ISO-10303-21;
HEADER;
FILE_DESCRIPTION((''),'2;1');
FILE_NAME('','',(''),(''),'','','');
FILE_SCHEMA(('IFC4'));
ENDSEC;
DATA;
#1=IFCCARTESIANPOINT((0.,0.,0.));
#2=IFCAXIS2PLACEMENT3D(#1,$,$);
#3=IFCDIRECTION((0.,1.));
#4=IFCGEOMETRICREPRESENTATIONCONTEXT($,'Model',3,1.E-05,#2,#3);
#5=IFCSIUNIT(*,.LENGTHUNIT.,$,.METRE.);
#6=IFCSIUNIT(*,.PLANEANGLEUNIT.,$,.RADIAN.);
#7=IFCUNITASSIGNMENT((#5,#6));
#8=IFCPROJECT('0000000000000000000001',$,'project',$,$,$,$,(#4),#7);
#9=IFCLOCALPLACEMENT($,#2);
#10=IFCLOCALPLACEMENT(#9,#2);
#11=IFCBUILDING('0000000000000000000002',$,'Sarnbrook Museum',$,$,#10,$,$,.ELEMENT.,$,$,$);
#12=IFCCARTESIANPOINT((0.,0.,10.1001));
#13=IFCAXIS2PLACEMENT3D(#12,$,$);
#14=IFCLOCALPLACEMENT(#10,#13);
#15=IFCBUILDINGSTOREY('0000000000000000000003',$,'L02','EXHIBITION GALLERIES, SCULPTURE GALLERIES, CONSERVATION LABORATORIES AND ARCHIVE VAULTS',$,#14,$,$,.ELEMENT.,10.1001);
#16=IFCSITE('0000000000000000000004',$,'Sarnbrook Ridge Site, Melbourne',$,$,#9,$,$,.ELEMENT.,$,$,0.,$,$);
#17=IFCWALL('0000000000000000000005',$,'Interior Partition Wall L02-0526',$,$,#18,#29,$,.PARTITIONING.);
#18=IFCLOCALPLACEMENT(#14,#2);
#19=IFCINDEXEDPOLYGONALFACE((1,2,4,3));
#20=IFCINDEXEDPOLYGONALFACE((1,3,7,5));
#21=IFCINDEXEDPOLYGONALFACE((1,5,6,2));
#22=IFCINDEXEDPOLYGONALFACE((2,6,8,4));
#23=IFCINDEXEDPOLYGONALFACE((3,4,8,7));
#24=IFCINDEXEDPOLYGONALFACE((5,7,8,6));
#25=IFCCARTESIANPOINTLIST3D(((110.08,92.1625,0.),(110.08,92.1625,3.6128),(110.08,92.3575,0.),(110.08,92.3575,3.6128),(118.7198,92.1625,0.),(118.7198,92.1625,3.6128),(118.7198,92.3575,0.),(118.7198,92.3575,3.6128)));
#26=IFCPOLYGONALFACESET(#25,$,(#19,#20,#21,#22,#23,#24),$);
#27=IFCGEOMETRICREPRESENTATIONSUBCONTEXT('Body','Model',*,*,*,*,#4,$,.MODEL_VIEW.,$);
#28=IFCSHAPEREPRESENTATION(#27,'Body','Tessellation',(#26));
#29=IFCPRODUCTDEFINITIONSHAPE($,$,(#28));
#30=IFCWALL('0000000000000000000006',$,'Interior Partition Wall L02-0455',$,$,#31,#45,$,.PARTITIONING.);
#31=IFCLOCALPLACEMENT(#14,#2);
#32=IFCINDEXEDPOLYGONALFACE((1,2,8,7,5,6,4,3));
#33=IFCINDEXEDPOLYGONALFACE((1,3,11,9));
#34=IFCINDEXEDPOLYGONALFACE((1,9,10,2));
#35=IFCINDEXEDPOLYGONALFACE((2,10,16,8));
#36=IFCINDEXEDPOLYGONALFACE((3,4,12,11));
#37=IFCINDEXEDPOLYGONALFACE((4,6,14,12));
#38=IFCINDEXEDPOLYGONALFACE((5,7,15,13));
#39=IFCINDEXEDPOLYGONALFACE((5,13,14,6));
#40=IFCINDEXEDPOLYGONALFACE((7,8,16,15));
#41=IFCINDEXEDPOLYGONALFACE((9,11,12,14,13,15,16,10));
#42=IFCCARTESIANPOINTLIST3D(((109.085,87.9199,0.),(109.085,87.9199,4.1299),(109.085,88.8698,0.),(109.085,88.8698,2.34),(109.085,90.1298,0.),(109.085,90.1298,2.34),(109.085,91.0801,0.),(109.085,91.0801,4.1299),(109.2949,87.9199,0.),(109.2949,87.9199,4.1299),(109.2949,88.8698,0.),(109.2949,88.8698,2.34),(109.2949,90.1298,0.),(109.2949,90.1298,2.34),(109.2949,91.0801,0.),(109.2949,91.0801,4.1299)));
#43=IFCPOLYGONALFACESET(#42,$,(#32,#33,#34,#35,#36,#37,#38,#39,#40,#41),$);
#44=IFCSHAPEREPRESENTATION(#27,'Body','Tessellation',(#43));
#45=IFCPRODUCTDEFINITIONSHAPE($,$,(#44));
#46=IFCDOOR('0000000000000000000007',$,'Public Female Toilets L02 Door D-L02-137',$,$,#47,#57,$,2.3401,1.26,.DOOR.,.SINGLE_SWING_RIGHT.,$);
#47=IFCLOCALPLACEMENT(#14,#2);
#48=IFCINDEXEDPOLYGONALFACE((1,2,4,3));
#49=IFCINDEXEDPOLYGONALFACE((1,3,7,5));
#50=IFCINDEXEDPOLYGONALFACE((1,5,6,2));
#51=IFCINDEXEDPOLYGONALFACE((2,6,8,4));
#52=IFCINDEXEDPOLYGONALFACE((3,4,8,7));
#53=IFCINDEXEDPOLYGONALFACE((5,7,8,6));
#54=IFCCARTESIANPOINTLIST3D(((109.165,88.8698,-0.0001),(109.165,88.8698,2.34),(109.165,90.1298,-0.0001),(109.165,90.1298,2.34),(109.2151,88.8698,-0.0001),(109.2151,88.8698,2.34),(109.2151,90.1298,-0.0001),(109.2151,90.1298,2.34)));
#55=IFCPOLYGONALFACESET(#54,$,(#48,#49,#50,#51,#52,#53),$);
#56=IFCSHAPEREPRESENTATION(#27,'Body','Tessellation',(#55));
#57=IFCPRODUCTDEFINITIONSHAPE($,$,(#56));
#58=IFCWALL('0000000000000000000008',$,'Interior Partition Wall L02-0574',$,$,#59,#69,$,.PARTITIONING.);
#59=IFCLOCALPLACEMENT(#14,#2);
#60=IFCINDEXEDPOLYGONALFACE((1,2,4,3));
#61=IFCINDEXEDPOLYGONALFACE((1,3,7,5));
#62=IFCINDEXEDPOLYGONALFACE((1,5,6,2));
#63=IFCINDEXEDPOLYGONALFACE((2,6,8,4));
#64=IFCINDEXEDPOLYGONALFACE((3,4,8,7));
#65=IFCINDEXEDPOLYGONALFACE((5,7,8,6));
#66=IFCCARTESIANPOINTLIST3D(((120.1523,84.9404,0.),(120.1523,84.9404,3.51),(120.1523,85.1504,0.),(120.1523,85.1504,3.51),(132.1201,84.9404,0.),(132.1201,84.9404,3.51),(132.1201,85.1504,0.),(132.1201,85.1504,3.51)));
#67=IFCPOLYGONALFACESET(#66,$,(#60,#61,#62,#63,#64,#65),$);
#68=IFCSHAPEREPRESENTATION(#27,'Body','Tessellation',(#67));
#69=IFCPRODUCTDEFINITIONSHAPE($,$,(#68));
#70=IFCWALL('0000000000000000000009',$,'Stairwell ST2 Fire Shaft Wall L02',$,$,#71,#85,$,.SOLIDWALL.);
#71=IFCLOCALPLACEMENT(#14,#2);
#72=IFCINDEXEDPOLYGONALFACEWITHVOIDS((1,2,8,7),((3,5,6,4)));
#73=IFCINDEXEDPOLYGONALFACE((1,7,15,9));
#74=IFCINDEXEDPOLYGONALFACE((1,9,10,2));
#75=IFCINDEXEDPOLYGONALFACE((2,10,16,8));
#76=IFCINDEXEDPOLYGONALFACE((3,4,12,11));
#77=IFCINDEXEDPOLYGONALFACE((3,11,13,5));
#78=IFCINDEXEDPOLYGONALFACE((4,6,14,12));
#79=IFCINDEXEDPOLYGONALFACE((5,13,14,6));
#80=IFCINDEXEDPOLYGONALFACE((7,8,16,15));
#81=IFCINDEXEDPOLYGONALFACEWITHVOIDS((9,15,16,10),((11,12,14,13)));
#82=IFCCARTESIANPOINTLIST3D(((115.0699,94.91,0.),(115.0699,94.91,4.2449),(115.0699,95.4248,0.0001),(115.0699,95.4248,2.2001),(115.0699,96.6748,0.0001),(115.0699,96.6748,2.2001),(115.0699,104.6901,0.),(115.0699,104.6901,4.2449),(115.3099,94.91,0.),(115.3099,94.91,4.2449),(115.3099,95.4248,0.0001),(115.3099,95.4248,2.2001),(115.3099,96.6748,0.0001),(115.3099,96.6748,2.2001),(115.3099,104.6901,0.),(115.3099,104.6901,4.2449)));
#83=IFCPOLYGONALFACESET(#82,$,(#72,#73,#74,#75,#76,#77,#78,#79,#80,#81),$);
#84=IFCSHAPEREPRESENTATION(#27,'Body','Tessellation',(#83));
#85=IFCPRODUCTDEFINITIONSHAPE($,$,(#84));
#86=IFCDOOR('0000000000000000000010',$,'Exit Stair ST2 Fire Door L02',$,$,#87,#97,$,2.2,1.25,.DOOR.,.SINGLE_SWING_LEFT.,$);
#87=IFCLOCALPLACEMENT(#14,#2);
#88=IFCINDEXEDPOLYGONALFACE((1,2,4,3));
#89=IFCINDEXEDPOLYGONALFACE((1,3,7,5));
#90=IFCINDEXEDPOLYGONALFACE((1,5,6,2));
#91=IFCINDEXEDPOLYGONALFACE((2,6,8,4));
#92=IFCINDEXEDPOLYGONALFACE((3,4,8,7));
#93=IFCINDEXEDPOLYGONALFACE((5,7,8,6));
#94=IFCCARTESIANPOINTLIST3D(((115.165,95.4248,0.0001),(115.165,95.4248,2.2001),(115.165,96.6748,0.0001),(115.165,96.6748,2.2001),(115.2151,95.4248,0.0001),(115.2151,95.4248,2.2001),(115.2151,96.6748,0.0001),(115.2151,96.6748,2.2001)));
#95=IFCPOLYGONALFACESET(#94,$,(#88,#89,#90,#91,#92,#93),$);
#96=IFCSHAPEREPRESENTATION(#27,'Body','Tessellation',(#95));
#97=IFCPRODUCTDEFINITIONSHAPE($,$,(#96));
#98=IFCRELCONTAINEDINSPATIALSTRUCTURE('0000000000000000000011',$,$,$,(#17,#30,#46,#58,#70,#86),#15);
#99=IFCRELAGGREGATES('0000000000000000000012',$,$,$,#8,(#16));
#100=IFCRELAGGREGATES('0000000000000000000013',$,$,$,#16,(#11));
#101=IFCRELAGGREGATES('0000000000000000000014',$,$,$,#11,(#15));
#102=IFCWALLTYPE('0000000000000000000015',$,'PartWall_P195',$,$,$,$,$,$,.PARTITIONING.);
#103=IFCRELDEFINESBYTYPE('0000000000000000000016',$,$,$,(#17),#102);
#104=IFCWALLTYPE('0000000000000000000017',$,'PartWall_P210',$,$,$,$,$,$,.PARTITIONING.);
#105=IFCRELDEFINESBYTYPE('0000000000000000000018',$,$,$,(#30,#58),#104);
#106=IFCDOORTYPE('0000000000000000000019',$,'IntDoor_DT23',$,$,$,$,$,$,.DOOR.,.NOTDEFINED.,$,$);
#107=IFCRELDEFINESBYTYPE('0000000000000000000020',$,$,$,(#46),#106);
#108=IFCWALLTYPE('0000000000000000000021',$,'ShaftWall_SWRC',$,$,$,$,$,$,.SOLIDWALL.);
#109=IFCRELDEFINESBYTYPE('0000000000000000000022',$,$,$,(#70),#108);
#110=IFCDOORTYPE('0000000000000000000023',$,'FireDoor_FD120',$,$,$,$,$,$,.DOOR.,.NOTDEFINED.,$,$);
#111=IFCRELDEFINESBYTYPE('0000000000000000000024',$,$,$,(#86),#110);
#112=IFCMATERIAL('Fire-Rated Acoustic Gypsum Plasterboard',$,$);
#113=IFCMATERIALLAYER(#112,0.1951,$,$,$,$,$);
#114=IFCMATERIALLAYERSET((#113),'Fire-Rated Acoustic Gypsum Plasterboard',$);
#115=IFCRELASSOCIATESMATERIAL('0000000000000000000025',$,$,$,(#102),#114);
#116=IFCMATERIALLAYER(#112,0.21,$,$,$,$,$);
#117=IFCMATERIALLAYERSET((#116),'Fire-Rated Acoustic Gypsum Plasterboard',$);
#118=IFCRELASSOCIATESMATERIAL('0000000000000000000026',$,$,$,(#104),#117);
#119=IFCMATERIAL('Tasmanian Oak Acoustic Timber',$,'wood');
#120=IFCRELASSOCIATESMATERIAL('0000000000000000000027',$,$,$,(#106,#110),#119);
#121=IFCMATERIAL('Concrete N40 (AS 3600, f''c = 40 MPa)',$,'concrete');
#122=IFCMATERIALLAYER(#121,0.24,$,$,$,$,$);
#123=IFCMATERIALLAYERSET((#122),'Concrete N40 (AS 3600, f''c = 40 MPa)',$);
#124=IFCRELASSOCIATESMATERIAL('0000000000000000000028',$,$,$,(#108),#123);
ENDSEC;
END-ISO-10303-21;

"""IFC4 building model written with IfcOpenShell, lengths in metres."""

from ifc_helpers import new_model, si_unit, direction, frame, frame_2d, origin, place, context, subcontext, project, spatial, rectangle, extrude, material, layer, layer_set, type_object, element, fill, save


model = new_model("IFC4")

# Units and contexts
model_context = context("Model", 3, precision=1e-05, world=origin(), true_north=direction((0.0, 1.0)))
body_context = subcontext(model_context, "Body", "Model", "MODEL_VIEW")
ifc_project = project(units=[si_unit("LENGTHUNIT", "METRE"), si_unit("PLANEANGLEUNIT", "RADIAN")], contexts=[model_context])

# Site, building, storey
site_placement = place(None, origin())
site = spatial("IfcSite", under=ifc_project, at=site_placement, Name="Sarnbrook Ridge Site, Melbourne", CompositionType="ELEMENT", RefElevation=0.0)
building_placement = place(site_placement, origin())
building = spatial("IfcBuilding", under=site, at=building_placement, Name="Sarnbrook Museum", CompositionType="ELEMENT")
storey_placement = place(building_placement, frame((0.0, 0.0, 10.1001)))
storey = spatial("IfcBuildingStorey", under=building, at=storey_placement, Name="L02", Description="EXHIBITION GALLERIES, SCULPTURE GALLERIES, CONSERVATION LABORATORIES AND ARCHIVE VAULTS", CompositionType="ELEMENT", Elevation=10.1001)

# Shared definitions
ifc_material_1 = material(Name="Tasmanian Oak Acoustic Timber", Category="wood")

# Shared definitions
ifc_material_2 = material(Name="Fire-Rated Acoustic Gypsum Plasterboard")

# Wall
ifc_layer_1 = layer(ifc_material_2, 0.1951)
ifc_layer_set_1 = layer_set([ifc_layer_1], Name="Fire-Rated Acoustic Gypsum Plasterboard")
wall_type_1 = type_object("IfcWallType", Name="PartWall_P195", PredefinedType="PARTITIONING", material=ifc_layer_set_1)
wall_1_placement = place(storey_placement, frame((110.0801, 92.26, 0.0), z_axis=(0.0, 0.0, 1.0), x_axis=(1.0, 0.0, 0.0)))
element("IfcWall", 1, at=wall_1_placement, inside=storey, type_object=wall_type_1, Name="Interior Partition Wall L02-0526", PredefinedType="PARTITIONING", context=body_context, shape_type="SweptSolid", body=[
    extrude(rectangle(XDim=8.6399, YDim=0.1951, at=frame_2d((4.3198, 0.0))), origin(), (0.0, 0.0, 1.0), 3.6128),
])

# Wall, opening, door
ifc_layer_2 = layer(ifc_material_2, 0.21)
ifc_layer_set_2 = layer_set([ifc_layer_2], Name="Fire-Rated Acoustic Gypsum Plasterboard")
wall_type_2 = type_object("IfcWallType", Name="PartWall_P210", PredefinedType="PARTITIONING", material=ifc_layer_set_2)
wall_2_placement = place(storey_placement, frame((109.1899, 87.9199, 0.0), z_axis=(0.0, 0.0, 1.0), x_axis=(0.0, 1.0, 0.0)))
wall_2 = element("IfcWall", 2, at=wall_2_placement, inside=storey, type_object=wall_type_2, Name="Interior Partition Wall L02-0455", PredefinedType="PARTITIONING", context=body_context, shape_type="SweptSolid", body=[
    extrude(rectangle(XDim=3.1602, YDim=0.21, at=frame_2d((1.5801, 0.0))), origin(), (0.0, 0.0, 1.0), 4.1299),
])
opening_1_placement = place(wall_2_placement, frame((0.95, 0.0, 0.0)))
opening_1 = element("IfcOpeningElement", 3, at=opening_1_placement, cuts=wall_2, PredefinedType="OPENING", context=body_context, shape_type="SweptSolid", body=[
    extrude(rectangle(XDim=1.26, YDim=2.3401, at=frame_2d((0.6299, 1.1699))), frame((0.0, 0.115, 0.0), z_axis=(0.0, -1.0, 0.0), x_axis=(1.0, 0.0, 0.0)), (0.0, 0.0, 1.0), 0.23),
])
door_type_1 = type_object("IfcDoorType", Name="IntDoor_DT23", OperationType="NOTDEFINED", PredefinedType="DOOR", material=ifc_material_1)
door_1_placement = place(opening_1_placement, origin())
door_1 = element("IfcDoor", 4, at=door_1_placement, inside=storey, type_object=door_type_1, Name="Public Female Toilets L02 Door D-L02-137", OperationType="SINGLE_SWING_RIGHT", OverallHeight=2.3401, OverallWidth=1.26, PredefinedType="DOOR", context=body_context, shape_type="SweptSolid", body=[
    extrude(rectangle(XDim=1.26, YDim=2.3401, at=frame_2d((0.6299, 1.1699))), frame((0.0, 0.0249, 0.0), z_axis=(0.0, -1.0, 0.0), x_axis=(1.0, 0.0, 0.0)), (0.0, 0.0, 1.0), 0.05),
])
fill(opening_1, door_1)

# Wall
wall_3_placement = place(storey_placement, frame((120.1523, 85.0454, 0.0), z_axis=(0.0, 0.0, 1.0), x_axis=(1.0, 0.0, 0.0)))
element("IfcWall", 5, at=wall_3_placement, inside=storey, type_object=wall_type_2, Name="Interior Partition Wall L02-0574", PredefinedType="PARTITIONING", context=body_context, shape_type="SweptSolid", body=[
    extrude(rectangle(XDim=11.9678, YDim=0.21, at=frame_2d((5.9839, 0.0))), origin(), (0.0, 0.0, 1.0), 3.51),
])

# Wall, opening, door
ifc_material_3 = material(Name="Concrete N40 (AS 3600, f'c = 40 MPa)", Category="concrete")
ifc_layer_3 = layer(ifc_material_3, 0.24)
ifc_layer_set_3 = layer_set([ifc_layer_3], Name="Concrete N40 (AS 3600, f'c = 40 MPa)")
wall_type_3 = type_object("IfcWallType", Name="ShaftWall_SWRC", PredefinedType="SOLIDWALL", material=ifc_layer_set_3)
wall_4_placement = place(storey_placement, frame((115.1899, 94.9099, 0.0), z_axis=(0.0, 0.0, 1.0), x_axis=(0.0, 1.0, 0.0)))
wall_4 = element("IfcWall", 6, at=wall_4_placement, inside=storey, type_object=wall_type_3, Name="Stairwell ST2 Fire Shaft Wall L02", PredefinedType="SOLIDWALL", context=body_context, shape_type="SweptSolid", body=[
    extrude(rectangle(XDim=9.78, YDim=0.24, at=frame_2d((4.8901, 0.0))), origin(), (0.0, 0.0, 1.0), 4.2449),
])
opening_2_placement = place(wall_4_placement, frame((0.5149, 0.0, 0.0)))
opening_2 = element("IfcOpeningElement", 7, at=opening_2_placement, cuts=wall_4, PredefinedType="OPENING", context=body_context, shape_type="SweptSolid", body=[
    extrude(rectangle(XDim=1.25, YDim=2.2, at=frame_2d((0.625, 1.1001))), frame((0.0, 0.1299, 0.0), z_axis=(0.0, -1.0, 0.0), x_axis=(1.0, 0.0, 0.0)), (0.0, 0.0, 1.0), 0.26),
])
door_type_2 = type_object("IfcDoorType", Name="FireDoor_FD120", OperationType="NOTDEFINED", PredefinedType="DOOR", material=ifc_material_1)
door_2_placement = place(opening_2_placement, origin())
door_2 = element("IfcDoor", 8, at=door_2_placement, inside=storey, type_object=door_type_2, Name="Exit Stair ST2 Fire Door L02", OperationType="SINGLE_SWING_LEFT", OverallHeight=2.2, OverallWidth=1.25, PredefinedType="DOOR", context=body_context, shape_type="SweptSolid", body=[
    extrude(rectangle(XDim=1.25, YDim=2.2, at=frame_2d((0.625, 1.1001))), frame((0.0, 0.0249, 0.0), z_axis=(0.0, -1.0, 0.0), x_axis=(1.0, 0.0, 0.0)), (0.0, 0.0, 1.0), 0.05),
])
fill(opening_2, door_2)

save(model, "model.ifc")
